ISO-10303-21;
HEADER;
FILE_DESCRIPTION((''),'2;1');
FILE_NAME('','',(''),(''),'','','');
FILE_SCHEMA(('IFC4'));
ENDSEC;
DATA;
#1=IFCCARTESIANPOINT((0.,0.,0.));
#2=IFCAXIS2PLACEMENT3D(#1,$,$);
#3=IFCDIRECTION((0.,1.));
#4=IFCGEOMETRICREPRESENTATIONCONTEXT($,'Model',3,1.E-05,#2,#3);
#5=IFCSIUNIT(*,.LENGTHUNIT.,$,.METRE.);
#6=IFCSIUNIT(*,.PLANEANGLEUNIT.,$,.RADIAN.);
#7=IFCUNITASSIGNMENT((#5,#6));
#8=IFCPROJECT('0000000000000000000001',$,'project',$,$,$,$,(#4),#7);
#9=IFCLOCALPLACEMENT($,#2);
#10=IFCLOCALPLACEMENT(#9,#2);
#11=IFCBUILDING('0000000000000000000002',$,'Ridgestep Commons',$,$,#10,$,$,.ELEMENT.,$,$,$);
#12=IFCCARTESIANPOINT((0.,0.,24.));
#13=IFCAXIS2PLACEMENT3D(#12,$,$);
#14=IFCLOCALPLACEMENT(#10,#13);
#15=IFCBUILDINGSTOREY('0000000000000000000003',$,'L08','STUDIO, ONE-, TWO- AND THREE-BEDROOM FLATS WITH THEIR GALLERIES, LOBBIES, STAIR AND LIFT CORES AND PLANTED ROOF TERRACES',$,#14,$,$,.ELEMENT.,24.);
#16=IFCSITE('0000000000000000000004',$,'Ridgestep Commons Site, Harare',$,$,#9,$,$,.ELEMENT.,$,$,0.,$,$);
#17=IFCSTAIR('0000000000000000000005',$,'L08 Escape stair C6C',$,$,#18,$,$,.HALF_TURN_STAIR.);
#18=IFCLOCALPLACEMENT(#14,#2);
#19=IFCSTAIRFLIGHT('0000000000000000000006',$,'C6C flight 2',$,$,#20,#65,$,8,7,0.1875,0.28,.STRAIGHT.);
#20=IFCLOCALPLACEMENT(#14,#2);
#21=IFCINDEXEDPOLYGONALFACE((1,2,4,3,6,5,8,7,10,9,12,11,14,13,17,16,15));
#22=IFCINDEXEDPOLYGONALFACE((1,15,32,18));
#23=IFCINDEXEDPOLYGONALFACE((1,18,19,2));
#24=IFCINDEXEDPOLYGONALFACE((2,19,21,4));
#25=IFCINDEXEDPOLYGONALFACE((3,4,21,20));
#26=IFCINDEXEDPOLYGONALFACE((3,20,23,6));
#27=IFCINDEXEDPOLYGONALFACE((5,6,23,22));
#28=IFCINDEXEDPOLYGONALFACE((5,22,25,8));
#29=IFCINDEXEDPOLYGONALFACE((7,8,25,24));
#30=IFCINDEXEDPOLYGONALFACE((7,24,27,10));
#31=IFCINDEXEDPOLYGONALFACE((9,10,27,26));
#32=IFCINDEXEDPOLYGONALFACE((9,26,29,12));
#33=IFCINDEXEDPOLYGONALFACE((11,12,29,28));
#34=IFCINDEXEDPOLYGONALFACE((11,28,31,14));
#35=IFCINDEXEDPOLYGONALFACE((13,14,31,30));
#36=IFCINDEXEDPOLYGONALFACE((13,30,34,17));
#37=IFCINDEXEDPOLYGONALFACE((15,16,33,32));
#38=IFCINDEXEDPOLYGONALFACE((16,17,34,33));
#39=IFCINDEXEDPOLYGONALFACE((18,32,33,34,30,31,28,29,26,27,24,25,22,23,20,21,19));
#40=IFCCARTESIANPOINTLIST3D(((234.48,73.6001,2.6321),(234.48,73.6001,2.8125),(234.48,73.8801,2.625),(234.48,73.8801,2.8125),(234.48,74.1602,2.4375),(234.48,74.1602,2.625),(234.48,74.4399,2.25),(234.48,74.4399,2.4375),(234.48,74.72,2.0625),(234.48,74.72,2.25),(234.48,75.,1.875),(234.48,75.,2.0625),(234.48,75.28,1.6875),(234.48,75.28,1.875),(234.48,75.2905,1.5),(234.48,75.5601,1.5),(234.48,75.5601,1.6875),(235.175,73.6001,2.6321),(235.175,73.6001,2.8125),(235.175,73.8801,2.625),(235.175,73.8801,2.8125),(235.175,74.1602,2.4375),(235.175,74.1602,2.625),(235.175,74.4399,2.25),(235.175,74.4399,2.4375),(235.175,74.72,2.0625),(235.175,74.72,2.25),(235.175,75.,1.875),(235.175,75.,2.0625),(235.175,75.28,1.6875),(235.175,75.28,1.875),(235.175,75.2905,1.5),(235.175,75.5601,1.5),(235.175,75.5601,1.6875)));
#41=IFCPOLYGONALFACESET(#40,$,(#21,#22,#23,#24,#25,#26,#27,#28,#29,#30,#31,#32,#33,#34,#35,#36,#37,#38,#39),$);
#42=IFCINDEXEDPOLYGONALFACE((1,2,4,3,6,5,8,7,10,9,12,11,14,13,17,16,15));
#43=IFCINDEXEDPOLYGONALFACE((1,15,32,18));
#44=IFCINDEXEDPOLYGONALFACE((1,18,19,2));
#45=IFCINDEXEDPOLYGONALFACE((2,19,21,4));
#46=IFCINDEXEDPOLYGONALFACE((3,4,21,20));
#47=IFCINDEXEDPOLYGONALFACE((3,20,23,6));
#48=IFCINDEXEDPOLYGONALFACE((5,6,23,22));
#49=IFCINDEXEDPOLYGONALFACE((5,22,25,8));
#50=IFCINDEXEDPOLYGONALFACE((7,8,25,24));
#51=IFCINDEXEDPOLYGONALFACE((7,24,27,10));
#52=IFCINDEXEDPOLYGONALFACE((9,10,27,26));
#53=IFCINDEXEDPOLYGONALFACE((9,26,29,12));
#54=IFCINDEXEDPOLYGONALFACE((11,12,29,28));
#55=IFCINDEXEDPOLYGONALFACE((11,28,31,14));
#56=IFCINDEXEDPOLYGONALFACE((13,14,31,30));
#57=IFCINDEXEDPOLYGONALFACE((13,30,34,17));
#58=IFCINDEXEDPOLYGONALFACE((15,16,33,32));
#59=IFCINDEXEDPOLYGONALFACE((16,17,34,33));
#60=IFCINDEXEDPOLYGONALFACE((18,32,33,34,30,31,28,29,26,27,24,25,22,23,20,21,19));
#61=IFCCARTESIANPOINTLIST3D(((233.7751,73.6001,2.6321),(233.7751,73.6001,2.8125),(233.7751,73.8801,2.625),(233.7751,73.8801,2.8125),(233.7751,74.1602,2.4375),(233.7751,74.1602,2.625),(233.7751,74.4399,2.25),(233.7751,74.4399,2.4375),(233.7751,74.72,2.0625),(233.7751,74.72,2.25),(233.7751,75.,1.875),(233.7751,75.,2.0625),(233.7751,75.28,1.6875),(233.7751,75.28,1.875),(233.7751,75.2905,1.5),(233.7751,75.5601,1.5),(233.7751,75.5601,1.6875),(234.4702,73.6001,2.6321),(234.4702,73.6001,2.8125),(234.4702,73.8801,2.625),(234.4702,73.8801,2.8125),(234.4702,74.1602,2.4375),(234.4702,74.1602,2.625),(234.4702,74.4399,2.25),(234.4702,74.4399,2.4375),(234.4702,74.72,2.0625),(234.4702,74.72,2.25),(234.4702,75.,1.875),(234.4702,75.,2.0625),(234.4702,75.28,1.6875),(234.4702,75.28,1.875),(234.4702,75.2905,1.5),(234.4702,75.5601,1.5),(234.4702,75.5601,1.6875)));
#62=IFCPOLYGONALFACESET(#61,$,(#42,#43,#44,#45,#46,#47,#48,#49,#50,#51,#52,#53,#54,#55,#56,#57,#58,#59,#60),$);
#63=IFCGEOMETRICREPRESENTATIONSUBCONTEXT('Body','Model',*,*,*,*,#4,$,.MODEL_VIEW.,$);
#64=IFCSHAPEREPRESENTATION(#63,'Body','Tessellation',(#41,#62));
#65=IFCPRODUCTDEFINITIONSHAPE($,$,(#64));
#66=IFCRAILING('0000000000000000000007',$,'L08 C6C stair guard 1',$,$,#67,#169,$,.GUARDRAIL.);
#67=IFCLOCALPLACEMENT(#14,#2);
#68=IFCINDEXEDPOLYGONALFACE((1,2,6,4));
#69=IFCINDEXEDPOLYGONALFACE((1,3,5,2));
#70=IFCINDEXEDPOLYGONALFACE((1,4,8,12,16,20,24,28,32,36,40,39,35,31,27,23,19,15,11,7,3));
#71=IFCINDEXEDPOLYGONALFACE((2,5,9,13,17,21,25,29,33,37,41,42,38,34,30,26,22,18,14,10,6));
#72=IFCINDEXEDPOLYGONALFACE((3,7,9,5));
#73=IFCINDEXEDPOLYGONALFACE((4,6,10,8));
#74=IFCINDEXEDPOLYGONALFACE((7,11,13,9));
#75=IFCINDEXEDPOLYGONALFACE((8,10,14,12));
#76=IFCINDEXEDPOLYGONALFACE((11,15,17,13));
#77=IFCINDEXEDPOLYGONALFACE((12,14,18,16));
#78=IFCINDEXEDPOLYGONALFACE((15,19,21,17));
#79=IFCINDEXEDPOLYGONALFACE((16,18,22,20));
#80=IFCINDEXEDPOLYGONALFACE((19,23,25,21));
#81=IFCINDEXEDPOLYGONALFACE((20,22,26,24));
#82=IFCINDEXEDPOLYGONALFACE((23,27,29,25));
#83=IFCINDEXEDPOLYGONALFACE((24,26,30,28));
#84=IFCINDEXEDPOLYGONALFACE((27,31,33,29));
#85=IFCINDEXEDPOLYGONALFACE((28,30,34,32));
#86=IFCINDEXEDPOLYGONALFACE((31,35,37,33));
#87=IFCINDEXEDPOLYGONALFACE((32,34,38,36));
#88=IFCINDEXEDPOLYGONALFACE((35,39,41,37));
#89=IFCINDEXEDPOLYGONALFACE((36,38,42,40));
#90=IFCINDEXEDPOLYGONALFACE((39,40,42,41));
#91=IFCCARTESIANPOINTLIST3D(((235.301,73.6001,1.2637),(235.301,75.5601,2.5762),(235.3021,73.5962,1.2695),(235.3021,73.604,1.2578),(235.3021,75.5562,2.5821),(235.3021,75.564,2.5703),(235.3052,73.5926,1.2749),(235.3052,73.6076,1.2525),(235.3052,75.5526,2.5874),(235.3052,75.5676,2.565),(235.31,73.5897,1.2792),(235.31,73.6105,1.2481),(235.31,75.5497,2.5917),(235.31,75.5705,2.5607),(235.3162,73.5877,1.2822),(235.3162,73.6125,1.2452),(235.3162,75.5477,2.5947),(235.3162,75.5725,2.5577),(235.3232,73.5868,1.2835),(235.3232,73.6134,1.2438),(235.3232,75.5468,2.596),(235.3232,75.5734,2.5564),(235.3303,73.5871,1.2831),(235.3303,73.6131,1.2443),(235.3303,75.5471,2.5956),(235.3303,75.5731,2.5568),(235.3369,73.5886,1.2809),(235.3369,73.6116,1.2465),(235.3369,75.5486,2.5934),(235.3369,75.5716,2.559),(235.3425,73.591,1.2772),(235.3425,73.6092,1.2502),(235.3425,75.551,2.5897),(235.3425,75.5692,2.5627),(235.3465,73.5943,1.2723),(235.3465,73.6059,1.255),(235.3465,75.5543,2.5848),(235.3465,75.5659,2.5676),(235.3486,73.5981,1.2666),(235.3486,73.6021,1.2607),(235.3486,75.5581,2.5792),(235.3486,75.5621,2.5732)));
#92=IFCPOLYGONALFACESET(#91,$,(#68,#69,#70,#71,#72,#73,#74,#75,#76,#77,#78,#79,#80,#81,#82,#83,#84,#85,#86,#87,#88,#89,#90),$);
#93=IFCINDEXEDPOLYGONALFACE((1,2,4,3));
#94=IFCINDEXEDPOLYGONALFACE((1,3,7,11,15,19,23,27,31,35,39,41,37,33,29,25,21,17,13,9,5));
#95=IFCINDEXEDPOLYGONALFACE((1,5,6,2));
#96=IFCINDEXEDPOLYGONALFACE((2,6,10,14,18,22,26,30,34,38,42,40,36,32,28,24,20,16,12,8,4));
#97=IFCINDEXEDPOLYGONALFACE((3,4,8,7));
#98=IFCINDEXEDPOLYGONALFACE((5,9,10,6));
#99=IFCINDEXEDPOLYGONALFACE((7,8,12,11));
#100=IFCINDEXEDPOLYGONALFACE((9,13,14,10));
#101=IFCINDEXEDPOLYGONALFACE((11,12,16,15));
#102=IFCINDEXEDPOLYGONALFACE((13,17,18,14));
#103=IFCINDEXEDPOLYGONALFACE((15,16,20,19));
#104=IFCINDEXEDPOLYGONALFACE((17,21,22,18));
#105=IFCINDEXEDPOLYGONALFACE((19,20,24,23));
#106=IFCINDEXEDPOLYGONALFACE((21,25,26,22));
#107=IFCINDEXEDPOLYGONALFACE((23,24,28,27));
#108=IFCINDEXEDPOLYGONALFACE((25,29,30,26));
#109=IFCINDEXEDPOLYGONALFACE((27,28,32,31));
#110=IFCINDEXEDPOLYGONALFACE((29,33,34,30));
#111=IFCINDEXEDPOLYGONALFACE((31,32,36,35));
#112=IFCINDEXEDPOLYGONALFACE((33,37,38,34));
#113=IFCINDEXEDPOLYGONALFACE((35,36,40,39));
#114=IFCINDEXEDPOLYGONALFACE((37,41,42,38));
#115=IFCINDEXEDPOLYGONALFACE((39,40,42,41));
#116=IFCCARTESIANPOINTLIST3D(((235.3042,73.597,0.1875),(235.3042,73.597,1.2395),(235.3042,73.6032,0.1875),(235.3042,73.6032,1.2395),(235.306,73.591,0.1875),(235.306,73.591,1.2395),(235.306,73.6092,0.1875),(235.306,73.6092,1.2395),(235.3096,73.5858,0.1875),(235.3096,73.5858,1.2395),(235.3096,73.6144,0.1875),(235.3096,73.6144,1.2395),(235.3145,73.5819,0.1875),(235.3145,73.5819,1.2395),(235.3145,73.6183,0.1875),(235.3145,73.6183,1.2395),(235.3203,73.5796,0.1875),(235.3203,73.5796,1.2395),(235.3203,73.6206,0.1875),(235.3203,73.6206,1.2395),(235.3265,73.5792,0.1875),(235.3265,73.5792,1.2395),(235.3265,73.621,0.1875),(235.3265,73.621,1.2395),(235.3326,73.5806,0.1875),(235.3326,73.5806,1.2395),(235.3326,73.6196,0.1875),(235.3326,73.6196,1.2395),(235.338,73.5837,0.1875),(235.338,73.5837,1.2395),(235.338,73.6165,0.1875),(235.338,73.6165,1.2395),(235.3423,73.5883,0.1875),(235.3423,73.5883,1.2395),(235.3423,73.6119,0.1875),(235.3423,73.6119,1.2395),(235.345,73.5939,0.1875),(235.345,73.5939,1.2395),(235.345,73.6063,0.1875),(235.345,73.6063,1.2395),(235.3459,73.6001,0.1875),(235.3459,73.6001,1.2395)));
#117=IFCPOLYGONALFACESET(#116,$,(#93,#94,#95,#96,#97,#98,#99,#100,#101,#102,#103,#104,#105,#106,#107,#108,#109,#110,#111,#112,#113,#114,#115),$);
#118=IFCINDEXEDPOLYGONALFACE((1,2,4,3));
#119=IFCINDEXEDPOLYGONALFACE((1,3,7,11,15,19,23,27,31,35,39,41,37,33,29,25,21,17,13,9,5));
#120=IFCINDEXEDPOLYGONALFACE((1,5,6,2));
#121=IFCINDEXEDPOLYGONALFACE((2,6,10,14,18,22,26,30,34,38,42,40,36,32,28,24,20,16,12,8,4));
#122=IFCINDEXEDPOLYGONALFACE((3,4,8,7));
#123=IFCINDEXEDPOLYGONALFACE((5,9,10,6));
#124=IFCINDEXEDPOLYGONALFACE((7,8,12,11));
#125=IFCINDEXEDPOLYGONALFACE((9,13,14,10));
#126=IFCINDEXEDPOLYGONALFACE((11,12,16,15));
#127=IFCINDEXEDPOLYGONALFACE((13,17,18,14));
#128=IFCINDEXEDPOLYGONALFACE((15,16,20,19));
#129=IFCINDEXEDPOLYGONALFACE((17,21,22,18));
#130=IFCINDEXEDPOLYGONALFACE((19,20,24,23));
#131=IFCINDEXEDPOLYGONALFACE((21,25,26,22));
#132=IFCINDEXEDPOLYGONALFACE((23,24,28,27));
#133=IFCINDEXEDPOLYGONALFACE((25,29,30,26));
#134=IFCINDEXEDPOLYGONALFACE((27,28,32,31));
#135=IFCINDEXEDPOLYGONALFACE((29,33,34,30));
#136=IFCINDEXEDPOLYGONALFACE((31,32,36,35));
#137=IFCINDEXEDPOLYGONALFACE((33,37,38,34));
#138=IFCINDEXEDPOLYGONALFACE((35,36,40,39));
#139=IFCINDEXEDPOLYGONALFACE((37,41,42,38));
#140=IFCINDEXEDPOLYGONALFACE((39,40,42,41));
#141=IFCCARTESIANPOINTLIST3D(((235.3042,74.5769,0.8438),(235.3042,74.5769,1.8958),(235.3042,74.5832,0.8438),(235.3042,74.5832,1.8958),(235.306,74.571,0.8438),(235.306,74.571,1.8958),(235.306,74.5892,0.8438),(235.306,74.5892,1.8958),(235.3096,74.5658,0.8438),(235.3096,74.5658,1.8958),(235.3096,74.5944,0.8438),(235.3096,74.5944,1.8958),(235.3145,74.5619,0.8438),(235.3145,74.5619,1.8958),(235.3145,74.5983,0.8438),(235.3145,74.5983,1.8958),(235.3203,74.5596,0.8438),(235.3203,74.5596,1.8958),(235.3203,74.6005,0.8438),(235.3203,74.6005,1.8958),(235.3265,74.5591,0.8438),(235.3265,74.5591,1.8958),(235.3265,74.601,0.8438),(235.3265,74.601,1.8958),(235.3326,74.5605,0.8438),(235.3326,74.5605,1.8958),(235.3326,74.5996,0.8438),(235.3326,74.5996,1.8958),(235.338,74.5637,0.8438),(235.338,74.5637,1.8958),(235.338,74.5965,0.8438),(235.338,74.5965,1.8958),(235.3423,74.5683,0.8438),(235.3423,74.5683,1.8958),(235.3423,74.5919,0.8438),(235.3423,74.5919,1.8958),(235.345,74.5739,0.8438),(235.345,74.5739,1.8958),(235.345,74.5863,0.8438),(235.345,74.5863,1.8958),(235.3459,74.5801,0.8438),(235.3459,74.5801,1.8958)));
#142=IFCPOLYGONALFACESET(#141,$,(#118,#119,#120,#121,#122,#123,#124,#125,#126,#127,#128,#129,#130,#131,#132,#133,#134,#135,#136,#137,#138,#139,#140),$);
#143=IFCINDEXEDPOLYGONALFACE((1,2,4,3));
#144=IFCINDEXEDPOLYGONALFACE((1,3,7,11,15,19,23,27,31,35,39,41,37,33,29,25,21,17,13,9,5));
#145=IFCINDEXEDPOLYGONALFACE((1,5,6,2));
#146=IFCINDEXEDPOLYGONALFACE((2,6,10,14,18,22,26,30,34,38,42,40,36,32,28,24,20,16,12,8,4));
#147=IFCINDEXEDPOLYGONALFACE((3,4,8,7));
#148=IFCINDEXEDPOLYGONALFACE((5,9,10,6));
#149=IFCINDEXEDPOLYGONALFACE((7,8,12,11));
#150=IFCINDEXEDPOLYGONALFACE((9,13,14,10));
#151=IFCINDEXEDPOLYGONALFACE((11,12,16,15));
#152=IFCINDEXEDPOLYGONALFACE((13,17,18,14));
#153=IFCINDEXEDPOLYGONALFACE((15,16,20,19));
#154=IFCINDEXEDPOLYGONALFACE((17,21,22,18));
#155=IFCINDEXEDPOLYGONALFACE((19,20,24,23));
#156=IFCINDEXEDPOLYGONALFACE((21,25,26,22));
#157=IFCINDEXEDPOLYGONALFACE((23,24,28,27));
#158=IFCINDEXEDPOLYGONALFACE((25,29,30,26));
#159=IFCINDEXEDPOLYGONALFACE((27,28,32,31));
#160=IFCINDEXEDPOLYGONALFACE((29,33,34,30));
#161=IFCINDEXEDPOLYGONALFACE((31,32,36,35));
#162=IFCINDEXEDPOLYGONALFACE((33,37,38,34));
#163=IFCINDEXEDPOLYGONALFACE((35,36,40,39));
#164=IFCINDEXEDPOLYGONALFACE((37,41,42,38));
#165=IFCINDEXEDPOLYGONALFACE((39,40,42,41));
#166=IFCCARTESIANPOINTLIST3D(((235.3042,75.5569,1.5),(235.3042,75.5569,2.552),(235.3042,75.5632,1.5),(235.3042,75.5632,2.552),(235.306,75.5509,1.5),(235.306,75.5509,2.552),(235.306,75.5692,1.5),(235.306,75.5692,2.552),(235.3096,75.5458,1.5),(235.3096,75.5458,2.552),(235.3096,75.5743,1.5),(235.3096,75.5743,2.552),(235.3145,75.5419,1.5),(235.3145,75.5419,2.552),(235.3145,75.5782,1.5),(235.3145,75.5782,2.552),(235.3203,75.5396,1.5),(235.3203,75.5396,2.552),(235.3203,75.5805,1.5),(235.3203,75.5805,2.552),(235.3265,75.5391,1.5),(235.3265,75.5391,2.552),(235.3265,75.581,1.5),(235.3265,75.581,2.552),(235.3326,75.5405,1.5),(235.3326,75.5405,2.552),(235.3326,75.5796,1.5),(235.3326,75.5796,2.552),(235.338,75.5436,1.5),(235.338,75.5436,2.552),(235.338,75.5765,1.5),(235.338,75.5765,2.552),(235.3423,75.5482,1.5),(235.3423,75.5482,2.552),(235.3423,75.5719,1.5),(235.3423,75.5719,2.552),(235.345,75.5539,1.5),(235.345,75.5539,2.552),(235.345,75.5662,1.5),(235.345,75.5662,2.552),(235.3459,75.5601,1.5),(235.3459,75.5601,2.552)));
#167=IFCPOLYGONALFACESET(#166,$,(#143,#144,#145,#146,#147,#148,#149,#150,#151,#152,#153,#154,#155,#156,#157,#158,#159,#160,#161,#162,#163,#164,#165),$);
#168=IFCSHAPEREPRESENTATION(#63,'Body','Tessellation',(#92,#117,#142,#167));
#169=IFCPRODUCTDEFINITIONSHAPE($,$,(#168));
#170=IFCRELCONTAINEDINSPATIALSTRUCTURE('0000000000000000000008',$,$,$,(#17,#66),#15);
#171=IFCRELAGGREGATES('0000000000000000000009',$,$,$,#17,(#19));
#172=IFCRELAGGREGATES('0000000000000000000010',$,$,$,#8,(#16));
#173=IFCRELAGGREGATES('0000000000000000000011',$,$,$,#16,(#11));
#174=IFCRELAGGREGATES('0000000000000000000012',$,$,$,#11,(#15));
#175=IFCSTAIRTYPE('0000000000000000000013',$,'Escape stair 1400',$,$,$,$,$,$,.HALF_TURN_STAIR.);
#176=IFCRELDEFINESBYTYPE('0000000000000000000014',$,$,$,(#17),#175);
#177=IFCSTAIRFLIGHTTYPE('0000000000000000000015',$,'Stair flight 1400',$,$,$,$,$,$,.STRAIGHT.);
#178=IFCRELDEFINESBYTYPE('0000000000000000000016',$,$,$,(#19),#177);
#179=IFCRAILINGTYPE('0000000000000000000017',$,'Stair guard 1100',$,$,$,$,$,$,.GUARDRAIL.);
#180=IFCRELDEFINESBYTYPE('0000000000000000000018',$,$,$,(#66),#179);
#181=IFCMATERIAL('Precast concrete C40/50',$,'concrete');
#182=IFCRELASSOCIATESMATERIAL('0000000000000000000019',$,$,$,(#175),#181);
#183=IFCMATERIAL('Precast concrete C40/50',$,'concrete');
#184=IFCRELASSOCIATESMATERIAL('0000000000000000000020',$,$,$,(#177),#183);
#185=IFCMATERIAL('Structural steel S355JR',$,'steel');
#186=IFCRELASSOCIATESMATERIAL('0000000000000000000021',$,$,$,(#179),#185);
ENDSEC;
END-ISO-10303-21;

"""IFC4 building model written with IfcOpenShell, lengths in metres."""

from ifc_helpers import new_model, si_unit, direction, frame, origin, origin_2d, place, context, subcontext, project, spatial, polyline, circle, outline, extrude, material, type_object, element, aggregate, save


model = new_model("IFC4")

# Units and contexts
model_context = context("Model", 3, precision=1e-05, world=origin(), true_north=direction((0.0, 1.0)))
body_context = subcontext(model_context, "Body", "Model", "MODEL_VIEW")
ifc_project = project(units=[si_unit("LENGTHUNIT", "METRE"), si_unit("PLANEANGLEUNIT", "RADIAN")], contexts=[model_context])

# Site, building, storey
site_placement = place(None, origin())
site = spatial("IfcSite", under=ifc_project, at=site_placement, Name="Ridgestep Commons Site, Harare", CompositionType="ELEMENT", RefElevation=0.0)
building_placement = place(site_placement, origin())
building = spatial("IfcBuilding", under=site, at=building_placement, Name="Ridgestep Commons", CompositionType="ELEMENT")
storey_placement = place(building_placement, frame((0.0, 0.0, 24.0)))
storey = spatial("IfcBuildingStorey", under=building, at=storey_placement, Name="L08", Description="STUDIO, ONE-, TWO- AND THREE-BEDROOM FLATS WITH THEIR GALLERIES, LOBBIES, STAIR AND LIFT CORES AND PLANTED ROOF TERRACES", CompositionType="ELEMENT", Elevation=24.0)

# Stair, stair flight
ifc_material_1 = material(Name="Precast concrete C40/50", Category="concrete")
stair_type = type_object("IfcStairType", Name="Escape stair 1400", PredefinedType="HALF_TURN_STAIR", material=ifc_material_1)
stair_placement = place(storey_placement, origin())
stair = element("IfcStair", 1, at=stair_placement, inside=storey, type_object=stair_type, Name="L08 Escape stair C6C", PredefinedType="HALF_TURN_STAIR")
ifc_material_2 = material(Name="Precast concrete C40/50", Category="concrete")
stair_flight_type = type_object("IfcStairFlightType", Name="Stair flight 1400", PredefinedType="STRAIGHT", material=ifc_material_2)
stair_flight_1_placement = place(storey_placement, frame((234.4751, 75.5601, 1.5), z_axis=(0.0, 0.0, 1.0), x_axis=(0.0, -1.0, 0.0)))
stair_flight_1 = element("IfcStairFlight", 2, at=stair_flight_1_placement, type_object=stair_flight_type, Name="C6C flight 2", NumberOfRisers=8, NumberOfTreads=7, PredefinedType="STRAIGHT", RiserHeight=0.1875, TreadLength=0.28, context=body_context, shape_type="SweptSolid", body=[
    extrude(outline(polyline([(0.0, 0.0), (0.0, 0.1875), (0.28, 0.1875), (0.28, 0.375), (0.5601, 0.375), (0.5601, 0.5625), (0.8401, 0.5625), (0.8401, 0.75), (1.1201, 0.75), (1.1201, 0.9375), (1.3999, 0.9375), (1.3999, 1.125), (1.6799, 1.125), (1.6799, 1.3125), (1.96, 1.3125), (1.96, 1.5), (1.96, 1.1321), (0.2695, 0.0), (0.0, 0.0)])), frame((0.0, 0.7, 0.0), z_axis=(0.0, -1.0, 0.0), x_axis=(1.0, 0.0, 0.0)), (0.0, 0.0, 1.0), 0.6951),
    extrude(outline(polyline([(0.0, 0.0), (0.0, 0.1875), (0.28, 0.1875), (0.28, 0.375), (0.5601, 0.375), (0.5601, 0.5625), (0.8401, 0.5625), (0.8401, 0.75), (1.1201, 0.75), (1.1201, 0.9375), (1.3999, 0.9375), (1.3999, 1.125), (1.6799, 1.125), (1.6799, 1.3125), (1.96, 1.3125), (1.96, 1.5), (1.96, 1.1321), (0.2695, 0.0), (0.0, 0.0)])), frame((0.0, -0.0049, 0.0), z_axis=(0.0, -1.0, 0.0), x_axis=(1.0, 0.0, 0.0)), (0.0, 0.0, 1.0), 0.6951),
])
aggregate(stair, [stair_flight_1])

# Railing
ifc_material_3 = material(Name="Structural steel S355JR", Category="steel")
railing_type_1 = type_object("IfcRailingType", Name="Stair guard 1100", PredefinedType="GUARDRAIL", material=ifc_material_3)
railing_1_placement = place(storey_placement, frame((235.325, 73.6001, 0.1875)))
element("IfcRailing", 3, at=railing_1_placement, inside=storey, type_object=railing_type_1, Name="L08 C6C stair guard 1", PredefinedType="GUARDRAIL", context=body_context, shape_type="SweptSolid", body=[
    extrude(circle(Radius=0.0239, at=origin_2d()), frame((0.0, 0.0, 1.0762), z_axis=(0.0, 0.830902, 0.556419), x_axis=(-1.0, 0.0, 0.0)), (0.0, 0.0, 1.0), 2.3589),
    extrude(circle(Radius=0.021, at=origin_2d()), origin(), (0.0, 0.0, 1.0), 1.052),
    extrude(circle(Radius=0.021, at=origin_2d()), frame((0.0, 0.98, 0.6562)), (0.0, 0.0, 1.0), 1.052),
    extrude(circle(Radius=0.021, at=origin_2d()), frame((0.0, 1.96, 1.3125)), (0.0, 0.0, 1.0), 1.052),
])

save(model, "model.ifc")
